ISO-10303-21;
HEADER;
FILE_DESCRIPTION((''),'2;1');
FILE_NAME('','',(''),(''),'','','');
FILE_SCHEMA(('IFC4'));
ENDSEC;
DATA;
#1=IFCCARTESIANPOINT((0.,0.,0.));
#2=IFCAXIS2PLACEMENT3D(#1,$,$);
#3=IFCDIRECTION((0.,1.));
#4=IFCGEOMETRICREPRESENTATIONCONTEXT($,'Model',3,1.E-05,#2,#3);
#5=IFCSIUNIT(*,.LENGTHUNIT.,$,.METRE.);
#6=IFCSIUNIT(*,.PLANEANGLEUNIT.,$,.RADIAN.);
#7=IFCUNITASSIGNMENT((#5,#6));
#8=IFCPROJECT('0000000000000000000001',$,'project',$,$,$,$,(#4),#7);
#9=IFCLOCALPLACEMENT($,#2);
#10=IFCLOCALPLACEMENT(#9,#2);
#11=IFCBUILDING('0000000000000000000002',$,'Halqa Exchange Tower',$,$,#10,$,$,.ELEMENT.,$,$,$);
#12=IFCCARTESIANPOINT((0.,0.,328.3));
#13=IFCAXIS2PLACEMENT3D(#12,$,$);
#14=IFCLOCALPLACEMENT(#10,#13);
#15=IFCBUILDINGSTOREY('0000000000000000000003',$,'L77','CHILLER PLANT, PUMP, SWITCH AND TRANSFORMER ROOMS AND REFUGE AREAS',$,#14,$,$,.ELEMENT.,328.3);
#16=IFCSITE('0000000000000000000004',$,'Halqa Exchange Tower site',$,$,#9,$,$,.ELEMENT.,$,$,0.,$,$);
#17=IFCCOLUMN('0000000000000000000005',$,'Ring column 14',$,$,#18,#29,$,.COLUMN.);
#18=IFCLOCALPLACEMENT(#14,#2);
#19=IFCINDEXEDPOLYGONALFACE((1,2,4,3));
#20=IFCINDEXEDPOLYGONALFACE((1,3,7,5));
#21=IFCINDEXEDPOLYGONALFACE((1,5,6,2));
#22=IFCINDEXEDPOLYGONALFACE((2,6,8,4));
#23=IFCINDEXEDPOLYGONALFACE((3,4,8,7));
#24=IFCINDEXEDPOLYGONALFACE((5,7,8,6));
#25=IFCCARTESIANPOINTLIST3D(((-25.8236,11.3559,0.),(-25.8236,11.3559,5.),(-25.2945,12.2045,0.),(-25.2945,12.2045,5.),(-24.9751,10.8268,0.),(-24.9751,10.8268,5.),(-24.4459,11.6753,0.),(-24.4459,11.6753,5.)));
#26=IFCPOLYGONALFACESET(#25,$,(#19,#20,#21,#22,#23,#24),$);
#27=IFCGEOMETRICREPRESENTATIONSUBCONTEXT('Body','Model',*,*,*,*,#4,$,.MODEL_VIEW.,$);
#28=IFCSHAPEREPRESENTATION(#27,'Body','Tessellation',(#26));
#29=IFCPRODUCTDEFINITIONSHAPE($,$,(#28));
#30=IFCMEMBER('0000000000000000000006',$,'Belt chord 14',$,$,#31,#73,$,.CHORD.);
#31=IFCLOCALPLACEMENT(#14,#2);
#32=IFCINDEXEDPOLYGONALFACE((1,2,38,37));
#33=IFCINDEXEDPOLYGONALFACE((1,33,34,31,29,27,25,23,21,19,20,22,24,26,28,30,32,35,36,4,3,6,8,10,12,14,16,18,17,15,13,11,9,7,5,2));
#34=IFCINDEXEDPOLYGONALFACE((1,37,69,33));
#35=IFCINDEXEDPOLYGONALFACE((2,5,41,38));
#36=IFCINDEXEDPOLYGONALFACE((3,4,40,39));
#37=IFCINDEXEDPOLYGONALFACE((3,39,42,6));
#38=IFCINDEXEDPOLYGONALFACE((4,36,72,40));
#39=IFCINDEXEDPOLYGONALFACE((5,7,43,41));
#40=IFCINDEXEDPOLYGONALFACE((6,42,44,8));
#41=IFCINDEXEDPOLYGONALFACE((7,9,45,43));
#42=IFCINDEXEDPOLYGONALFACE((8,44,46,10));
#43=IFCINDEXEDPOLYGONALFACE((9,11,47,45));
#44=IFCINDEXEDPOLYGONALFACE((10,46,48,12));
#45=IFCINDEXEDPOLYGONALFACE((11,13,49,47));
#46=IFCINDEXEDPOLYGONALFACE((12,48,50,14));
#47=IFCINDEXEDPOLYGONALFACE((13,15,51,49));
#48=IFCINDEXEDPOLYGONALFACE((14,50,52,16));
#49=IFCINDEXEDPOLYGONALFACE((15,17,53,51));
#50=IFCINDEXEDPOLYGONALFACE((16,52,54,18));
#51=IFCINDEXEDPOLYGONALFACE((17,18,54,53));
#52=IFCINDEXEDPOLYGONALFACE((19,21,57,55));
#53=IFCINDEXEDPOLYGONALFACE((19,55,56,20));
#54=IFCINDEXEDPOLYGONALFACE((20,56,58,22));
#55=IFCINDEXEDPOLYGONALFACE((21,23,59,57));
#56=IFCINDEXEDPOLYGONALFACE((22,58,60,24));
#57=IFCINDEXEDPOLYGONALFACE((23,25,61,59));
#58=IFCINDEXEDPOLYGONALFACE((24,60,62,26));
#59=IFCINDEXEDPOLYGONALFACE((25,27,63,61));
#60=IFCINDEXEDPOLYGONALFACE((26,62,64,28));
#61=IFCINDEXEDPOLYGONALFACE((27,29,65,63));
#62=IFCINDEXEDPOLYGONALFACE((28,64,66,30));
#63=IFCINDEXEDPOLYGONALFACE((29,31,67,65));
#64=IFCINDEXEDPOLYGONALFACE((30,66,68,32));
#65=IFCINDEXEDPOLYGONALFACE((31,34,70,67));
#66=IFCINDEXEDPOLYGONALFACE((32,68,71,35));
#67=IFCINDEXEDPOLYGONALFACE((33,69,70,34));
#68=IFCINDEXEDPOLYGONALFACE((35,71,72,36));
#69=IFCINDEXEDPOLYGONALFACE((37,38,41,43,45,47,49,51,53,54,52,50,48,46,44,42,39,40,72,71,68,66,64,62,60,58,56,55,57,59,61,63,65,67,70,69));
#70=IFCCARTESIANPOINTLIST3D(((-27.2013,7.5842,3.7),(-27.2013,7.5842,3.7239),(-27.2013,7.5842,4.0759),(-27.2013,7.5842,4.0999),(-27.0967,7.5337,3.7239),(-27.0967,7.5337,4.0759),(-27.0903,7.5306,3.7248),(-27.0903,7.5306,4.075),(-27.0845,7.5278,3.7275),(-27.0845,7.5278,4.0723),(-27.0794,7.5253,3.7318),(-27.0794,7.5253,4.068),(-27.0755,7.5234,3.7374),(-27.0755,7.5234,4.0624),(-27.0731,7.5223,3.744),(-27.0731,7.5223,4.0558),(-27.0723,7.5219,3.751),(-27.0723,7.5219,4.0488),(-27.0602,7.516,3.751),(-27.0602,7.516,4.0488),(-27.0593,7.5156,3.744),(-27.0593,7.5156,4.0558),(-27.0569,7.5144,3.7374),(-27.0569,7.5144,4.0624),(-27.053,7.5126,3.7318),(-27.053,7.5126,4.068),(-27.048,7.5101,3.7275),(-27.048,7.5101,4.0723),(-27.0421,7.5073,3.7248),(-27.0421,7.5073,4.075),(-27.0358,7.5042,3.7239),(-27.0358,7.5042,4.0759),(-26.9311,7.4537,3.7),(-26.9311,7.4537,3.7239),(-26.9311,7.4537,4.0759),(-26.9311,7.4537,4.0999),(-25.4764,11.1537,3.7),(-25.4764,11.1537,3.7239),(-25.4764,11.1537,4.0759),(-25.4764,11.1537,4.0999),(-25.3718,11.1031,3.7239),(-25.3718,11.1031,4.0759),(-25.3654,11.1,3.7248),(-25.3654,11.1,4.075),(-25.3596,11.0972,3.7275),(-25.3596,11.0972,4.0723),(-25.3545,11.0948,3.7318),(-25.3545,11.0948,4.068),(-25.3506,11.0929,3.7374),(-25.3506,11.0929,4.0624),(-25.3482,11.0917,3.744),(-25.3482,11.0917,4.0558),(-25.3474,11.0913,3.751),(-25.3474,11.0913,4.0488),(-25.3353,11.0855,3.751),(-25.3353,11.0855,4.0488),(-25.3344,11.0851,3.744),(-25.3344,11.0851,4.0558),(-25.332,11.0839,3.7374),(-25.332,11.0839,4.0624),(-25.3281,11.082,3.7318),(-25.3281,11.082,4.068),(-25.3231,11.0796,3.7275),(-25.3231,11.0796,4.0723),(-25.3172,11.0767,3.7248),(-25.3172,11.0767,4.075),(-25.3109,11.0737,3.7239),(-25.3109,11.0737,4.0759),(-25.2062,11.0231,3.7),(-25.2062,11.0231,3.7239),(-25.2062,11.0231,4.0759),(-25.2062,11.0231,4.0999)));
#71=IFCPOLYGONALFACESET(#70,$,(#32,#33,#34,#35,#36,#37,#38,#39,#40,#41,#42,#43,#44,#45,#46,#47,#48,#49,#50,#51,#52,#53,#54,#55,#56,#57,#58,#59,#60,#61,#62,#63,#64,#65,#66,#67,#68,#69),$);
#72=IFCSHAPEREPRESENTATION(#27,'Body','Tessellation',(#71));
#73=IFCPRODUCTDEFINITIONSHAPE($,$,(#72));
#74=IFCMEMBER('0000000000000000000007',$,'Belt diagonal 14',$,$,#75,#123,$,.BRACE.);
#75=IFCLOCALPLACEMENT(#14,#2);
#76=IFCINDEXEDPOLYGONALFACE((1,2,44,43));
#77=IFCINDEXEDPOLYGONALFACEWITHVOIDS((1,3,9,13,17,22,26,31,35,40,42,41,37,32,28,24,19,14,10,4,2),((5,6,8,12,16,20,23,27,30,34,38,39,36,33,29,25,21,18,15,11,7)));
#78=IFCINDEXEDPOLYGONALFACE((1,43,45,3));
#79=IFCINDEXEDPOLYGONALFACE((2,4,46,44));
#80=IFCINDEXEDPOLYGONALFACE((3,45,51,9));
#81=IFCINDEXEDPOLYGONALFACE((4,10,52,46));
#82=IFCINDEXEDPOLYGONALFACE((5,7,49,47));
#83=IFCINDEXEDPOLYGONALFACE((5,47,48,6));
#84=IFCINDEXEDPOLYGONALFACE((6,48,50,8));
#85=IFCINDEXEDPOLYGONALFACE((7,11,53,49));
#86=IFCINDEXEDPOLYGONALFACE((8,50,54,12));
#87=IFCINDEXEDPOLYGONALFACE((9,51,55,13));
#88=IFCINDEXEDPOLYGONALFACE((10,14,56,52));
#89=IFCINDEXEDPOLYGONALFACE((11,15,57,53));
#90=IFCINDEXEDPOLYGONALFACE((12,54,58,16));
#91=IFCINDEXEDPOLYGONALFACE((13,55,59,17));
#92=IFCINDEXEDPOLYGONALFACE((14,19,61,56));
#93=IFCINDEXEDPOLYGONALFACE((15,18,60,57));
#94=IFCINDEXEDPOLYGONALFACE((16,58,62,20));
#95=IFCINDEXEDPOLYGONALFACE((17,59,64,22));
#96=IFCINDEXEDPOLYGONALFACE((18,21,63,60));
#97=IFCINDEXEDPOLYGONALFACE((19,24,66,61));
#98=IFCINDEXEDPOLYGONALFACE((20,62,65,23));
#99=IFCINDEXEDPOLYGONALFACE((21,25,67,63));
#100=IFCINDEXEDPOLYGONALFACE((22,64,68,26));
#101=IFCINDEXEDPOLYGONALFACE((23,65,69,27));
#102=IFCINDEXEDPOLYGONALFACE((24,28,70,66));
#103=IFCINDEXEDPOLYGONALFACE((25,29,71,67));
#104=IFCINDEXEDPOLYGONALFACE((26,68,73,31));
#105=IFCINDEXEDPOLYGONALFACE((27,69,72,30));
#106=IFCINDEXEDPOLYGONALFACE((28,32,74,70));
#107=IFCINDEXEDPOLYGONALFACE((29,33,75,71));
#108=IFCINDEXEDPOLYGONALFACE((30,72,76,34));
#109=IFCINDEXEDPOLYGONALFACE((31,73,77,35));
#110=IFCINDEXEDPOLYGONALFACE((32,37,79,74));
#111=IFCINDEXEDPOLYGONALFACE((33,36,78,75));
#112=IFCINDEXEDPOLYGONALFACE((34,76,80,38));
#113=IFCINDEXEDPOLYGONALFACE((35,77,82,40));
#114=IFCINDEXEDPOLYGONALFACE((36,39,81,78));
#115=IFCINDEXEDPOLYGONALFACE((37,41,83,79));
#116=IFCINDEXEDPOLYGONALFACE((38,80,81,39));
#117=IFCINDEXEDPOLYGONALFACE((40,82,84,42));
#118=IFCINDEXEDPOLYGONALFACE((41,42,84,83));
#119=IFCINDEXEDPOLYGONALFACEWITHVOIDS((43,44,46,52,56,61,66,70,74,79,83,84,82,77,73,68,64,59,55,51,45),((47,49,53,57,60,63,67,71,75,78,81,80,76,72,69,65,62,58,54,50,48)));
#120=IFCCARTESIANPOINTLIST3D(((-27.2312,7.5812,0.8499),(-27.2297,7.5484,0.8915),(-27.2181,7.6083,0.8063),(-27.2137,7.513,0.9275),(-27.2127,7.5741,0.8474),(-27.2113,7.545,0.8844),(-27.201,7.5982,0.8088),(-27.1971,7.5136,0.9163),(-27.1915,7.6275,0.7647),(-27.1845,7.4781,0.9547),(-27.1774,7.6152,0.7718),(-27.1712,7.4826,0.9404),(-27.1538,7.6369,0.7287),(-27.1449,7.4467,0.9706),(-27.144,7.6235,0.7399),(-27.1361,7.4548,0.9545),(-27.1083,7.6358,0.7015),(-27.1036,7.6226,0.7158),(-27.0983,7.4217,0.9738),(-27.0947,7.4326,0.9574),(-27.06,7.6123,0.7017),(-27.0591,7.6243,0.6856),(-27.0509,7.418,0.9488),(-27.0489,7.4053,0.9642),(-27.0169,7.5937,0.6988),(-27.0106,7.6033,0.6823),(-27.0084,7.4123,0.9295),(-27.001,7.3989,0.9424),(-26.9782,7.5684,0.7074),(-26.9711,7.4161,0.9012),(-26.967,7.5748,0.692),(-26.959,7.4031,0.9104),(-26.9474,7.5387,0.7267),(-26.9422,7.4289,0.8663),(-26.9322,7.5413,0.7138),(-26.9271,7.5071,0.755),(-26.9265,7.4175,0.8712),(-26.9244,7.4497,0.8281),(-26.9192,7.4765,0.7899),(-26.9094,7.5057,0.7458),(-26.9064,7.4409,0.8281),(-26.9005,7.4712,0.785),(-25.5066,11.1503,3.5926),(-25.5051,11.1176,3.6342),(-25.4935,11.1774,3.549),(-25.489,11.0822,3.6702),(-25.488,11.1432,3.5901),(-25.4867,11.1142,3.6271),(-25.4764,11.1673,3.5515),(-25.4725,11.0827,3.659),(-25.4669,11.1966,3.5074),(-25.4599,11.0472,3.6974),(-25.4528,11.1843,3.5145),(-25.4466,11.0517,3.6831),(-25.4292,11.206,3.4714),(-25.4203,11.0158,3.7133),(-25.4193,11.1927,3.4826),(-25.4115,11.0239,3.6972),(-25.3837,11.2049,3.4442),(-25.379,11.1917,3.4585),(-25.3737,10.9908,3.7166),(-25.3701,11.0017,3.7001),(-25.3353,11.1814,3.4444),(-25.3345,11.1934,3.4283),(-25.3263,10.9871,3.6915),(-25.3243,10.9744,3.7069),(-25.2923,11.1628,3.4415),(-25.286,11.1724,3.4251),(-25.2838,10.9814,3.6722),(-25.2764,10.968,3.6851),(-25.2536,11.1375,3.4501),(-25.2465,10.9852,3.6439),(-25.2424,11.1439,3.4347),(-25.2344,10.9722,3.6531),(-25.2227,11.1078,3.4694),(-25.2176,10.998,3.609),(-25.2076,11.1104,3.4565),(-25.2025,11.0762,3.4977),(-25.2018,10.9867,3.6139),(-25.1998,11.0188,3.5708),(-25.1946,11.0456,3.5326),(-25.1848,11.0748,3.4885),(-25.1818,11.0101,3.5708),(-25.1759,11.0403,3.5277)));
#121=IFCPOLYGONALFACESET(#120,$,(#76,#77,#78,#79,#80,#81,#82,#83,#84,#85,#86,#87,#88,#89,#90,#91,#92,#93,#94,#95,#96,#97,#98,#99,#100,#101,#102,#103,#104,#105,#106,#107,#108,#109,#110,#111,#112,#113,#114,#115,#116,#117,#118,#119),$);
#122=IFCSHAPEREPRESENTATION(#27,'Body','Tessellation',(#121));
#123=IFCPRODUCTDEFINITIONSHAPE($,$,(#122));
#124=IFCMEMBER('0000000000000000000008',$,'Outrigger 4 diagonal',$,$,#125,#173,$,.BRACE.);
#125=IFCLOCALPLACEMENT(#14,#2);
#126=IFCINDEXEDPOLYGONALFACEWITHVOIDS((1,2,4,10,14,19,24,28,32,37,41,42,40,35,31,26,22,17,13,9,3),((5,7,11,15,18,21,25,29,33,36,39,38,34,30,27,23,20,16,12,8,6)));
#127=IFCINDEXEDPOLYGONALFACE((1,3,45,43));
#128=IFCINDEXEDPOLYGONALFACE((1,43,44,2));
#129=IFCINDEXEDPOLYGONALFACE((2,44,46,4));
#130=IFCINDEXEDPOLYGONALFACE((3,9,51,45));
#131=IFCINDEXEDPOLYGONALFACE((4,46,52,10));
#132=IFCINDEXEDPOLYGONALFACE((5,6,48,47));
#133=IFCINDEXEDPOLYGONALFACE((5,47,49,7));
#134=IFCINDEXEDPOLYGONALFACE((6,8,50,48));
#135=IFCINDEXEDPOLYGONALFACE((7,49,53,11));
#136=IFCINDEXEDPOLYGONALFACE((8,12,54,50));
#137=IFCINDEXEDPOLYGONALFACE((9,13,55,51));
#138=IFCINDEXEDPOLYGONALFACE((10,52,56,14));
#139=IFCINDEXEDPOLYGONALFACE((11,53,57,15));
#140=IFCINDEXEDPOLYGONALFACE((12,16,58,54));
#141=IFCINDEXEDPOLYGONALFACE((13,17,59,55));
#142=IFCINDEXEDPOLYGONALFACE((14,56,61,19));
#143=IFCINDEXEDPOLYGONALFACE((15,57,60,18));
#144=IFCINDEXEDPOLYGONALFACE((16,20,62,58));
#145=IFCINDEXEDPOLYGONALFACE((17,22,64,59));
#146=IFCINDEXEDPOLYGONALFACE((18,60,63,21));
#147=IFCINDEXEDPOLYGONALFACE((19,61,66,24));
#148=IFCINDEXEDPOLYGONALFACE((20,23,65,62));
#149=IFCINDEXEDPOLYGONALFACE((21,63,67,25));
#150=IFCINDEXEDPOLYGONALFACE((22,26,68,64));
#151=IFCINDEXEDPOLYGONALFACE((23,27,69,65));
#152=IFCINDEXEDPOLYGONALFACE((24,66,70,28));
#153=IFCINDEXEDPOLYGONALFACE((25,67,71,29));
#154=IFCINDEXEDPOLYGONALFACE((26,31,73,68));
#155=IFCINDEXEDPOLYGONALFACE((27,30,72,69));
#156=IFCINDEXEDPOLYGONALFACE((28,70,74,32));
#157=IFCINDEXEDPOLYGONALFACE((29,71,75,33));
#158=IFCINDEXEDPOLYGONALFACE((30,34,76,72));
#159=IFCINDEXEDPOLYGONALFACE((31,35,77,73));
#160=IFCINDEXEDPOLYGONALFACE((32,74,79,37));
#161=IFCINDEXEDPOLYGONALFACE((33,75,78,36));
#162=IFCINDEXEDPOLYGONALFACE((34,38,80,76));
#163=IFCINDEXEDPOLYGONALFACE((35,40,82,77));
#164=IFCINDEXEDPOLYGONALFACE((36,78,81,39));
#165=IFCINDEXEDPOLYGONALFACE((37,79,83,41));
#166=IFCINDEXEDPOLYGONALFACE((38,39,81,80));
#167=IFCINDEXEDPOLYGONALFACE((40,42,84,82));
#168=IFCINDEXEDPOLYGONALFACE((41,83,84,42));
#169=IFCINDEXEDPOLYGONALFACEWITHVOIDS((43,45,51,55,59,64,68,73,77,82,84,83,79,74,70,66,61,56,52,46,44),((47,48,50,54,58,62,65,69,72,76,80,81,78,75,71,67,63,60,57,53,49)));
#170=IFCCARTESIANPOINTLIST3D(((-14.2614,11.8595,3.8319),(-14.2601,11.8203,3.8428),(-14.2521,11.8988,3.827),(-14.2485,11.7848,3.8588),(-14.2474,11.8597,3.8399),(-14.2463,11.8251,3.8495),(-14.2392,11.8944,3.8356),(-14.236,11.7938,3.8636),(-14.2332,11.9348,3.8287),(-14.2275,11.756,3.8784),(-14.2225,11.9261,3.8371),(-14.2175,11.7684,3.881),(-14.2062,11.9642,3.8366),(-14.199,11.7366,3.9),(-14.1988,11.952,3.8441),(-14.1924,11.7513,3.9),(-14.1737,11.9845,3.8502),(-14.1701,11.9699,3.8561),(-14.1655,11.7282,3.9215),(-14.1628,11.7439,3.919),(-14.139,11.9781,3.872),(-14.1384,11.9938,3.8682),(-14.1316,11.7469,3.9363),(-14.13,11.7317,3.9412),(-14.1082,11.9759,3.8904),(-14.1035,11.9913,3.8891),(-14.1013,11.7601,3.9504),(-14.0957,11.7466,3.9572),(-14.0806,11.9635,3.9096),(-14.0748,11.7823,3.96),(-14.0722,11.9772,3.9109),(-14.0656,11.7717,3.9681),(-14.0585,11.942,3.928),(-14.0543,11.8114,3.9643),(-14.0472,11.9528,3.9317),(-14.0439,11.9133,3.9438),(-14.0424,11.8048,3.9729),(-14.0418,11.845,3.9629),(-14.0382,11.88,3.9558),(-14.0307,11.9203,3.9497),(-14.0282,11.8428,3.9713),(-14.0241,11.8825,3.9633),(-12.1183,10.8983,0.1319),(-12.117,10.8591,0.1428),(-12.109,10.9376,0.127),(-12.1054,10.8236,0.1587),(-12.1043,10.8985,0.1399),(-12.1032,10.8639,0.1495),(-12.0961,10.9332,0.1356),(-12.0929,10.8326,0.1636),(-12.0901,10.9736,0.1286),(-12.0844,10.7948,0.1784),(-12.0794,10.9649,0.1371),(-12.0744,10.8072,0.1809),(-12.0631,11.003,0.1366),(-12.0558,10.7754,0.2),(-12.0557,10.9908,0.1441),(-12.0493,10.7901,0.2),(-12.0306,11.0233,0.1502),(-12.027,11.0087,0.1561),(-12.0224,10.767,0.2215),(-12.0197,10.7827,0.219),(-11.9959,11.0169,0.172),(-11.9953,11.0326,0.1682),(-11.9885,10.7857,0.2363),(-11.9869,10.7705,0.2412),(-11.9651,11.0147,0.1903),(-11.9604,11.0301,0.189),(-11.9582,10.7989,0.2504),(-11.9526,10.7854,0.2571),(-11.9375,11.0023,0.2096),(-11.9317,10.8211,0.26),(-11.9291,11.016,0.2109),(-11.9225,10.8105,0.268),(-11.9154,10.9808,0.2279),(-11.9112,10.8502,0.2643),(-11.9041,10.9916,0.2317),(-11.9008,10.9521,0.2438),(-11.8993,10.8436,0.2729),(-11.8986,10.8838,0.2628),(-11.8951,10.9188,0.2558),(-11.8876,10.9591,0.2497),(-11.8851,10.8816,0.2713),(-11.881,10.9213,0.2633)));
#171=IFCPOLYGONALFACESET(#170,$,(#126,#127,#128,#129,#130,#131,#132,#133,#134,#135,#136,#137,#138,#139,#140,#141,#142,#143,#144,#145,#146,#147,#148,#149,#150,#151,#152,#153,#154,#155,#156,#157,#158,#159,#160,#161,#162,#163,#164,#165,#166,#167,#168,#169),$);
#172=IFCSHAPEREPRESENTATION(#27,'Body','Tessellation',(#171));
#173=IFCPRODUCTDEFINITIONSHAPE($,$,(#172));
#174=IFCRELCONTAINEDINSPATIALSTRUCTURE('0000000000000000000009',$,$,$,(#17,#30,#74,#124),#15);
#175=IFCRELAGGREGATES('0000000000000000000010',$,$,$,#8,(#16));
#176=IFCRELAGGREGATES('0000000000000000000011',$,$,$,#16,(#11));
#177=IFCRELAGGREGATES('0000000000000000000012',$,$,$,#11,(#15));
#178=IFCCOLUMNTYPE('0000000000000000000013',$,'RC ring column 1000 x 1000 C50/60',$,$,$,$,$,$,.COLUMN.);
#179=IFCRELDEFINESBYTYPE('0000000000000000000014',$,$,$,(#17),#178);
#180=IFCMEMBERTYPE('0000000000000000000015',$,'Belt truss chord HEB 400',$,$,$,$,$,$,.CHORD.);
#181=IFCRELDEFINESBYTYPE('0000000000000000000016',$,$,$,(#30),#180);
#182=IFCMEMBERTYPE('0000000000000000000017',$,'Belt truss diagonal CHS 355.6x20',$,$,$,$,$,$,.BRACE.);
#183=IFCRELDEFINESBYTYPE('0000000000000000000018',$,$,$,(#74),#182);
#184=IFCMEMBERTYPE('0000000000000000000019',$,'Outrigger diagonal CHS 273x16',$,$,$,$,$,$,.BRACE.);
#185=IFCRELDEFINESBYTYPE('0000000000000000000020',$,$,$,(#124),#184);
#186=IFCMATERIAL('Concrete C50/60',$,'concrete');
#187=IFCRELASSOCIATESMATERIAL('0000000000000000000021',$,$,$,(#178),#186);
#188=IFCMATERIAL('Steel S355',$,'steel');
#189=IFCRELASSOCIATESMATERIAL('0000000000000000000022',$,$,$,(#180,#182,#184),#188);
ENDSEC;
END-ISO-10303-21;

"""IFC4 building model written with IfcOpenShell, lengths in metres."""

from ifc_helpers import new_model, si_unit, direction, frame, origin, origin_2d, place, context, subcontext, project, spatial, rectangle, hollow_circle, i_section, extrude, material, material_profile, profile_set, type_object, element, save


model = new_model("IFC4")

# Units and contexts
model_context = context("Model", 3, precision=1e-05, world=origin(), true_north=direction((0.0, 1.0)))
body_context = subcontext(model_context, "Body", "Model", "MODEL_VIEW")
ifc_project = project(units=[si_unit("LENGTHUNIT", "METRE"), si_unit("PLANEANGLEUNIT", "RADIAN")], contexts=[model_context])

# Site, building, storey
site_placement = place(None, origin())
site = spatial("IfcSite", under=ifc_project, at=site_placement, Name="Halqa Exchange Tower site", CompositionType="ELEMENT", RefElevation=0.0)
building_placement = place(site_placement, origin())
building = spatial("IfcBuilding", under=site, at=building_placement, Name="Halqa Exchange Tower", CompositionType="ELEMENT")
storey_placement = place(building_placement, frame((0.0, 0.0, 328.3)))
storey = spatial("IfcBuildingStorey", under=building, at=storey_placement, Name="L77", Description="CHILLER PLANT, PUMP, SWITCH AND TRANSFORMER ROOMS AND REFUGE AREAS", CompositionType="ELEMENT", Elevation=328.3)

# Column
ifc_material_1 = material(Name="Concrete C50/60", Category="concrete")
ifc_material_profile_1 = material_profile(ifc_material_1, rectangle(XDim=1.0, YDim=1.0, at=origin_2d()), Name="1000 x 1000")
ifc_profile_set_1 = profile_set([ifc_material_profile_1], Name="Concrete C50/60")
column_type = type_object("IfcColumnType", Name="RC ring column 1000 x 1000 C50/60", PredefinedType="COLUMN", material=ifc_profile_set_1)
column_placement = place(storey_placement, frame((-25.1348, 11.5156, 0.0), z_axis=(0.0, 0.0, 1.0), x_axis=(-0.52914, -0.848534, 0.0)))
element("IfcColumn", 1, at=column_placement, inside=storey, type_object=column_type, Name="Ring column 14", PredefinedType="COLUMN", context=body_context, shape_type="SweptSolid", body=[
    extrude(rectangle(XDim=1.0, YDim=1.0, at=origin_2d()), origin(), (0.0, 0.0, 1.0), 5.0),
])

# Members
ifc_material_2 = material(Name="Steel S355", Category="steel")
ifc_material_profile_2 = material_profile(ifc_material_2, i_section(OverallWidth=0.3, OverallDepth=0.3999, WebThickness=0.0134, FlangeThickness=0.0239, FilletRadius=0.0271, at=origin_2d()), Name="HEB 400")
ifc_profile_set_2 = profile_set([ifc_material_profile_2], Name="Steel S355")
member_type_1 = type_object("IfcMemberType", Name="Belt truss chord HEB 400", PredefinedType="CHORD", material=ifc_profile_set_2)
member_1_placement = place(storey_placement, frame((-25.3413, 11.0884, 3.8999), z_axis=(-0.435102, -0.900381, 0.0), x_axis=(0.900381, -0.435102, 0.0)))
element("IfcMember", 2, at=member_1_placement, inside=storey, type_object=member_type_1, Name="Belt chord 14", PredefinedType="CHORD", context=body_context, shape_type="SweptSolid", body=[
    extrude(i_section(OverallWidth=0.3, OverallDepth=0.3999, WebThickness=0.0134, FlangeThickness=0.0239, FilletRadius=0.0271, at=origin_2d()), origin(), (0.0, 0.0, 1.0), 3.9644),
])
ifc_material_profile_3 = material_profile(ifc_material_2, hollow_circle(Radius=0.1777, WallThickness=0.02, at=origin_2d()), Name="CHS 355.6x20")
ifc_profile_set_3 = profile_set([ifc_material_profile_3], Name="Steel S355")
member_type_2 = type_object("IfcMemberType", Name="Belt truss diagonal CHS 355.6x20", PredefinedType="BRACE", material=ifc_profile_set_3)
member_2_placement = place(storey_placement, frame((-25.3418, 11.0874, 3.5708), z_axis=(-0.357783, -0.740435, -0.568988), x_axis=(0.900394, -0.435076, 0.0)))
element("IfcMember", 3, at=member_2_placement, inside=storey, type_object=member_type_2, Name="Belt diagonal 14", PredefinedType="BRACE", context=body_context, shape_type="SweptSolid", body=[
    extrude(hollow_circle(Radius=0.1777, WallThickness=0.02, at=origin_2d()), origin(), (0.0, 0.0, 1.0), 4.8203),
])
ifc_material_profile_4 = material_profile(ifc_material_2, hollow_circle(Radius=0.1365, WallThickness=0.0161, at=origin_2d()), Name="CHS 273x16")
ifc_profile_set_4 = profile_set([ifc_material_profile_4], Name="Steel S355")
member_type_3 = type_object("IfcMemberType", Name="Outrigger diagonal CHS 273x16", PredefinedType="BRACE", material=ifc_profile_set_4)
for number, where, z_axis, x_axis, name in (
    (4, (-12.0, 10.8999, 0.2), (-0.489006, 0.219323, 0.844257), (-0.409232, -0.91243, 0.0), "Outrigger 4 diagonal"),
):
    element("IfcMember", number, at=place(storey_placement, frame(where, z_axis=z_axis, x_axis=x_axis)), inside=storey, type_object=member_type_3, Name=name, PredefinedType="BRACE", context=body_context, shape_type="SweptSolid", body=[
        extrude(hollow_circle(Radius=0.1365, WallThickness=0.0161, at=origin_2d()), origin(), (0.0, 0.0, 1.0), 4.3826),
    ])

save(model, "model.ifc")
